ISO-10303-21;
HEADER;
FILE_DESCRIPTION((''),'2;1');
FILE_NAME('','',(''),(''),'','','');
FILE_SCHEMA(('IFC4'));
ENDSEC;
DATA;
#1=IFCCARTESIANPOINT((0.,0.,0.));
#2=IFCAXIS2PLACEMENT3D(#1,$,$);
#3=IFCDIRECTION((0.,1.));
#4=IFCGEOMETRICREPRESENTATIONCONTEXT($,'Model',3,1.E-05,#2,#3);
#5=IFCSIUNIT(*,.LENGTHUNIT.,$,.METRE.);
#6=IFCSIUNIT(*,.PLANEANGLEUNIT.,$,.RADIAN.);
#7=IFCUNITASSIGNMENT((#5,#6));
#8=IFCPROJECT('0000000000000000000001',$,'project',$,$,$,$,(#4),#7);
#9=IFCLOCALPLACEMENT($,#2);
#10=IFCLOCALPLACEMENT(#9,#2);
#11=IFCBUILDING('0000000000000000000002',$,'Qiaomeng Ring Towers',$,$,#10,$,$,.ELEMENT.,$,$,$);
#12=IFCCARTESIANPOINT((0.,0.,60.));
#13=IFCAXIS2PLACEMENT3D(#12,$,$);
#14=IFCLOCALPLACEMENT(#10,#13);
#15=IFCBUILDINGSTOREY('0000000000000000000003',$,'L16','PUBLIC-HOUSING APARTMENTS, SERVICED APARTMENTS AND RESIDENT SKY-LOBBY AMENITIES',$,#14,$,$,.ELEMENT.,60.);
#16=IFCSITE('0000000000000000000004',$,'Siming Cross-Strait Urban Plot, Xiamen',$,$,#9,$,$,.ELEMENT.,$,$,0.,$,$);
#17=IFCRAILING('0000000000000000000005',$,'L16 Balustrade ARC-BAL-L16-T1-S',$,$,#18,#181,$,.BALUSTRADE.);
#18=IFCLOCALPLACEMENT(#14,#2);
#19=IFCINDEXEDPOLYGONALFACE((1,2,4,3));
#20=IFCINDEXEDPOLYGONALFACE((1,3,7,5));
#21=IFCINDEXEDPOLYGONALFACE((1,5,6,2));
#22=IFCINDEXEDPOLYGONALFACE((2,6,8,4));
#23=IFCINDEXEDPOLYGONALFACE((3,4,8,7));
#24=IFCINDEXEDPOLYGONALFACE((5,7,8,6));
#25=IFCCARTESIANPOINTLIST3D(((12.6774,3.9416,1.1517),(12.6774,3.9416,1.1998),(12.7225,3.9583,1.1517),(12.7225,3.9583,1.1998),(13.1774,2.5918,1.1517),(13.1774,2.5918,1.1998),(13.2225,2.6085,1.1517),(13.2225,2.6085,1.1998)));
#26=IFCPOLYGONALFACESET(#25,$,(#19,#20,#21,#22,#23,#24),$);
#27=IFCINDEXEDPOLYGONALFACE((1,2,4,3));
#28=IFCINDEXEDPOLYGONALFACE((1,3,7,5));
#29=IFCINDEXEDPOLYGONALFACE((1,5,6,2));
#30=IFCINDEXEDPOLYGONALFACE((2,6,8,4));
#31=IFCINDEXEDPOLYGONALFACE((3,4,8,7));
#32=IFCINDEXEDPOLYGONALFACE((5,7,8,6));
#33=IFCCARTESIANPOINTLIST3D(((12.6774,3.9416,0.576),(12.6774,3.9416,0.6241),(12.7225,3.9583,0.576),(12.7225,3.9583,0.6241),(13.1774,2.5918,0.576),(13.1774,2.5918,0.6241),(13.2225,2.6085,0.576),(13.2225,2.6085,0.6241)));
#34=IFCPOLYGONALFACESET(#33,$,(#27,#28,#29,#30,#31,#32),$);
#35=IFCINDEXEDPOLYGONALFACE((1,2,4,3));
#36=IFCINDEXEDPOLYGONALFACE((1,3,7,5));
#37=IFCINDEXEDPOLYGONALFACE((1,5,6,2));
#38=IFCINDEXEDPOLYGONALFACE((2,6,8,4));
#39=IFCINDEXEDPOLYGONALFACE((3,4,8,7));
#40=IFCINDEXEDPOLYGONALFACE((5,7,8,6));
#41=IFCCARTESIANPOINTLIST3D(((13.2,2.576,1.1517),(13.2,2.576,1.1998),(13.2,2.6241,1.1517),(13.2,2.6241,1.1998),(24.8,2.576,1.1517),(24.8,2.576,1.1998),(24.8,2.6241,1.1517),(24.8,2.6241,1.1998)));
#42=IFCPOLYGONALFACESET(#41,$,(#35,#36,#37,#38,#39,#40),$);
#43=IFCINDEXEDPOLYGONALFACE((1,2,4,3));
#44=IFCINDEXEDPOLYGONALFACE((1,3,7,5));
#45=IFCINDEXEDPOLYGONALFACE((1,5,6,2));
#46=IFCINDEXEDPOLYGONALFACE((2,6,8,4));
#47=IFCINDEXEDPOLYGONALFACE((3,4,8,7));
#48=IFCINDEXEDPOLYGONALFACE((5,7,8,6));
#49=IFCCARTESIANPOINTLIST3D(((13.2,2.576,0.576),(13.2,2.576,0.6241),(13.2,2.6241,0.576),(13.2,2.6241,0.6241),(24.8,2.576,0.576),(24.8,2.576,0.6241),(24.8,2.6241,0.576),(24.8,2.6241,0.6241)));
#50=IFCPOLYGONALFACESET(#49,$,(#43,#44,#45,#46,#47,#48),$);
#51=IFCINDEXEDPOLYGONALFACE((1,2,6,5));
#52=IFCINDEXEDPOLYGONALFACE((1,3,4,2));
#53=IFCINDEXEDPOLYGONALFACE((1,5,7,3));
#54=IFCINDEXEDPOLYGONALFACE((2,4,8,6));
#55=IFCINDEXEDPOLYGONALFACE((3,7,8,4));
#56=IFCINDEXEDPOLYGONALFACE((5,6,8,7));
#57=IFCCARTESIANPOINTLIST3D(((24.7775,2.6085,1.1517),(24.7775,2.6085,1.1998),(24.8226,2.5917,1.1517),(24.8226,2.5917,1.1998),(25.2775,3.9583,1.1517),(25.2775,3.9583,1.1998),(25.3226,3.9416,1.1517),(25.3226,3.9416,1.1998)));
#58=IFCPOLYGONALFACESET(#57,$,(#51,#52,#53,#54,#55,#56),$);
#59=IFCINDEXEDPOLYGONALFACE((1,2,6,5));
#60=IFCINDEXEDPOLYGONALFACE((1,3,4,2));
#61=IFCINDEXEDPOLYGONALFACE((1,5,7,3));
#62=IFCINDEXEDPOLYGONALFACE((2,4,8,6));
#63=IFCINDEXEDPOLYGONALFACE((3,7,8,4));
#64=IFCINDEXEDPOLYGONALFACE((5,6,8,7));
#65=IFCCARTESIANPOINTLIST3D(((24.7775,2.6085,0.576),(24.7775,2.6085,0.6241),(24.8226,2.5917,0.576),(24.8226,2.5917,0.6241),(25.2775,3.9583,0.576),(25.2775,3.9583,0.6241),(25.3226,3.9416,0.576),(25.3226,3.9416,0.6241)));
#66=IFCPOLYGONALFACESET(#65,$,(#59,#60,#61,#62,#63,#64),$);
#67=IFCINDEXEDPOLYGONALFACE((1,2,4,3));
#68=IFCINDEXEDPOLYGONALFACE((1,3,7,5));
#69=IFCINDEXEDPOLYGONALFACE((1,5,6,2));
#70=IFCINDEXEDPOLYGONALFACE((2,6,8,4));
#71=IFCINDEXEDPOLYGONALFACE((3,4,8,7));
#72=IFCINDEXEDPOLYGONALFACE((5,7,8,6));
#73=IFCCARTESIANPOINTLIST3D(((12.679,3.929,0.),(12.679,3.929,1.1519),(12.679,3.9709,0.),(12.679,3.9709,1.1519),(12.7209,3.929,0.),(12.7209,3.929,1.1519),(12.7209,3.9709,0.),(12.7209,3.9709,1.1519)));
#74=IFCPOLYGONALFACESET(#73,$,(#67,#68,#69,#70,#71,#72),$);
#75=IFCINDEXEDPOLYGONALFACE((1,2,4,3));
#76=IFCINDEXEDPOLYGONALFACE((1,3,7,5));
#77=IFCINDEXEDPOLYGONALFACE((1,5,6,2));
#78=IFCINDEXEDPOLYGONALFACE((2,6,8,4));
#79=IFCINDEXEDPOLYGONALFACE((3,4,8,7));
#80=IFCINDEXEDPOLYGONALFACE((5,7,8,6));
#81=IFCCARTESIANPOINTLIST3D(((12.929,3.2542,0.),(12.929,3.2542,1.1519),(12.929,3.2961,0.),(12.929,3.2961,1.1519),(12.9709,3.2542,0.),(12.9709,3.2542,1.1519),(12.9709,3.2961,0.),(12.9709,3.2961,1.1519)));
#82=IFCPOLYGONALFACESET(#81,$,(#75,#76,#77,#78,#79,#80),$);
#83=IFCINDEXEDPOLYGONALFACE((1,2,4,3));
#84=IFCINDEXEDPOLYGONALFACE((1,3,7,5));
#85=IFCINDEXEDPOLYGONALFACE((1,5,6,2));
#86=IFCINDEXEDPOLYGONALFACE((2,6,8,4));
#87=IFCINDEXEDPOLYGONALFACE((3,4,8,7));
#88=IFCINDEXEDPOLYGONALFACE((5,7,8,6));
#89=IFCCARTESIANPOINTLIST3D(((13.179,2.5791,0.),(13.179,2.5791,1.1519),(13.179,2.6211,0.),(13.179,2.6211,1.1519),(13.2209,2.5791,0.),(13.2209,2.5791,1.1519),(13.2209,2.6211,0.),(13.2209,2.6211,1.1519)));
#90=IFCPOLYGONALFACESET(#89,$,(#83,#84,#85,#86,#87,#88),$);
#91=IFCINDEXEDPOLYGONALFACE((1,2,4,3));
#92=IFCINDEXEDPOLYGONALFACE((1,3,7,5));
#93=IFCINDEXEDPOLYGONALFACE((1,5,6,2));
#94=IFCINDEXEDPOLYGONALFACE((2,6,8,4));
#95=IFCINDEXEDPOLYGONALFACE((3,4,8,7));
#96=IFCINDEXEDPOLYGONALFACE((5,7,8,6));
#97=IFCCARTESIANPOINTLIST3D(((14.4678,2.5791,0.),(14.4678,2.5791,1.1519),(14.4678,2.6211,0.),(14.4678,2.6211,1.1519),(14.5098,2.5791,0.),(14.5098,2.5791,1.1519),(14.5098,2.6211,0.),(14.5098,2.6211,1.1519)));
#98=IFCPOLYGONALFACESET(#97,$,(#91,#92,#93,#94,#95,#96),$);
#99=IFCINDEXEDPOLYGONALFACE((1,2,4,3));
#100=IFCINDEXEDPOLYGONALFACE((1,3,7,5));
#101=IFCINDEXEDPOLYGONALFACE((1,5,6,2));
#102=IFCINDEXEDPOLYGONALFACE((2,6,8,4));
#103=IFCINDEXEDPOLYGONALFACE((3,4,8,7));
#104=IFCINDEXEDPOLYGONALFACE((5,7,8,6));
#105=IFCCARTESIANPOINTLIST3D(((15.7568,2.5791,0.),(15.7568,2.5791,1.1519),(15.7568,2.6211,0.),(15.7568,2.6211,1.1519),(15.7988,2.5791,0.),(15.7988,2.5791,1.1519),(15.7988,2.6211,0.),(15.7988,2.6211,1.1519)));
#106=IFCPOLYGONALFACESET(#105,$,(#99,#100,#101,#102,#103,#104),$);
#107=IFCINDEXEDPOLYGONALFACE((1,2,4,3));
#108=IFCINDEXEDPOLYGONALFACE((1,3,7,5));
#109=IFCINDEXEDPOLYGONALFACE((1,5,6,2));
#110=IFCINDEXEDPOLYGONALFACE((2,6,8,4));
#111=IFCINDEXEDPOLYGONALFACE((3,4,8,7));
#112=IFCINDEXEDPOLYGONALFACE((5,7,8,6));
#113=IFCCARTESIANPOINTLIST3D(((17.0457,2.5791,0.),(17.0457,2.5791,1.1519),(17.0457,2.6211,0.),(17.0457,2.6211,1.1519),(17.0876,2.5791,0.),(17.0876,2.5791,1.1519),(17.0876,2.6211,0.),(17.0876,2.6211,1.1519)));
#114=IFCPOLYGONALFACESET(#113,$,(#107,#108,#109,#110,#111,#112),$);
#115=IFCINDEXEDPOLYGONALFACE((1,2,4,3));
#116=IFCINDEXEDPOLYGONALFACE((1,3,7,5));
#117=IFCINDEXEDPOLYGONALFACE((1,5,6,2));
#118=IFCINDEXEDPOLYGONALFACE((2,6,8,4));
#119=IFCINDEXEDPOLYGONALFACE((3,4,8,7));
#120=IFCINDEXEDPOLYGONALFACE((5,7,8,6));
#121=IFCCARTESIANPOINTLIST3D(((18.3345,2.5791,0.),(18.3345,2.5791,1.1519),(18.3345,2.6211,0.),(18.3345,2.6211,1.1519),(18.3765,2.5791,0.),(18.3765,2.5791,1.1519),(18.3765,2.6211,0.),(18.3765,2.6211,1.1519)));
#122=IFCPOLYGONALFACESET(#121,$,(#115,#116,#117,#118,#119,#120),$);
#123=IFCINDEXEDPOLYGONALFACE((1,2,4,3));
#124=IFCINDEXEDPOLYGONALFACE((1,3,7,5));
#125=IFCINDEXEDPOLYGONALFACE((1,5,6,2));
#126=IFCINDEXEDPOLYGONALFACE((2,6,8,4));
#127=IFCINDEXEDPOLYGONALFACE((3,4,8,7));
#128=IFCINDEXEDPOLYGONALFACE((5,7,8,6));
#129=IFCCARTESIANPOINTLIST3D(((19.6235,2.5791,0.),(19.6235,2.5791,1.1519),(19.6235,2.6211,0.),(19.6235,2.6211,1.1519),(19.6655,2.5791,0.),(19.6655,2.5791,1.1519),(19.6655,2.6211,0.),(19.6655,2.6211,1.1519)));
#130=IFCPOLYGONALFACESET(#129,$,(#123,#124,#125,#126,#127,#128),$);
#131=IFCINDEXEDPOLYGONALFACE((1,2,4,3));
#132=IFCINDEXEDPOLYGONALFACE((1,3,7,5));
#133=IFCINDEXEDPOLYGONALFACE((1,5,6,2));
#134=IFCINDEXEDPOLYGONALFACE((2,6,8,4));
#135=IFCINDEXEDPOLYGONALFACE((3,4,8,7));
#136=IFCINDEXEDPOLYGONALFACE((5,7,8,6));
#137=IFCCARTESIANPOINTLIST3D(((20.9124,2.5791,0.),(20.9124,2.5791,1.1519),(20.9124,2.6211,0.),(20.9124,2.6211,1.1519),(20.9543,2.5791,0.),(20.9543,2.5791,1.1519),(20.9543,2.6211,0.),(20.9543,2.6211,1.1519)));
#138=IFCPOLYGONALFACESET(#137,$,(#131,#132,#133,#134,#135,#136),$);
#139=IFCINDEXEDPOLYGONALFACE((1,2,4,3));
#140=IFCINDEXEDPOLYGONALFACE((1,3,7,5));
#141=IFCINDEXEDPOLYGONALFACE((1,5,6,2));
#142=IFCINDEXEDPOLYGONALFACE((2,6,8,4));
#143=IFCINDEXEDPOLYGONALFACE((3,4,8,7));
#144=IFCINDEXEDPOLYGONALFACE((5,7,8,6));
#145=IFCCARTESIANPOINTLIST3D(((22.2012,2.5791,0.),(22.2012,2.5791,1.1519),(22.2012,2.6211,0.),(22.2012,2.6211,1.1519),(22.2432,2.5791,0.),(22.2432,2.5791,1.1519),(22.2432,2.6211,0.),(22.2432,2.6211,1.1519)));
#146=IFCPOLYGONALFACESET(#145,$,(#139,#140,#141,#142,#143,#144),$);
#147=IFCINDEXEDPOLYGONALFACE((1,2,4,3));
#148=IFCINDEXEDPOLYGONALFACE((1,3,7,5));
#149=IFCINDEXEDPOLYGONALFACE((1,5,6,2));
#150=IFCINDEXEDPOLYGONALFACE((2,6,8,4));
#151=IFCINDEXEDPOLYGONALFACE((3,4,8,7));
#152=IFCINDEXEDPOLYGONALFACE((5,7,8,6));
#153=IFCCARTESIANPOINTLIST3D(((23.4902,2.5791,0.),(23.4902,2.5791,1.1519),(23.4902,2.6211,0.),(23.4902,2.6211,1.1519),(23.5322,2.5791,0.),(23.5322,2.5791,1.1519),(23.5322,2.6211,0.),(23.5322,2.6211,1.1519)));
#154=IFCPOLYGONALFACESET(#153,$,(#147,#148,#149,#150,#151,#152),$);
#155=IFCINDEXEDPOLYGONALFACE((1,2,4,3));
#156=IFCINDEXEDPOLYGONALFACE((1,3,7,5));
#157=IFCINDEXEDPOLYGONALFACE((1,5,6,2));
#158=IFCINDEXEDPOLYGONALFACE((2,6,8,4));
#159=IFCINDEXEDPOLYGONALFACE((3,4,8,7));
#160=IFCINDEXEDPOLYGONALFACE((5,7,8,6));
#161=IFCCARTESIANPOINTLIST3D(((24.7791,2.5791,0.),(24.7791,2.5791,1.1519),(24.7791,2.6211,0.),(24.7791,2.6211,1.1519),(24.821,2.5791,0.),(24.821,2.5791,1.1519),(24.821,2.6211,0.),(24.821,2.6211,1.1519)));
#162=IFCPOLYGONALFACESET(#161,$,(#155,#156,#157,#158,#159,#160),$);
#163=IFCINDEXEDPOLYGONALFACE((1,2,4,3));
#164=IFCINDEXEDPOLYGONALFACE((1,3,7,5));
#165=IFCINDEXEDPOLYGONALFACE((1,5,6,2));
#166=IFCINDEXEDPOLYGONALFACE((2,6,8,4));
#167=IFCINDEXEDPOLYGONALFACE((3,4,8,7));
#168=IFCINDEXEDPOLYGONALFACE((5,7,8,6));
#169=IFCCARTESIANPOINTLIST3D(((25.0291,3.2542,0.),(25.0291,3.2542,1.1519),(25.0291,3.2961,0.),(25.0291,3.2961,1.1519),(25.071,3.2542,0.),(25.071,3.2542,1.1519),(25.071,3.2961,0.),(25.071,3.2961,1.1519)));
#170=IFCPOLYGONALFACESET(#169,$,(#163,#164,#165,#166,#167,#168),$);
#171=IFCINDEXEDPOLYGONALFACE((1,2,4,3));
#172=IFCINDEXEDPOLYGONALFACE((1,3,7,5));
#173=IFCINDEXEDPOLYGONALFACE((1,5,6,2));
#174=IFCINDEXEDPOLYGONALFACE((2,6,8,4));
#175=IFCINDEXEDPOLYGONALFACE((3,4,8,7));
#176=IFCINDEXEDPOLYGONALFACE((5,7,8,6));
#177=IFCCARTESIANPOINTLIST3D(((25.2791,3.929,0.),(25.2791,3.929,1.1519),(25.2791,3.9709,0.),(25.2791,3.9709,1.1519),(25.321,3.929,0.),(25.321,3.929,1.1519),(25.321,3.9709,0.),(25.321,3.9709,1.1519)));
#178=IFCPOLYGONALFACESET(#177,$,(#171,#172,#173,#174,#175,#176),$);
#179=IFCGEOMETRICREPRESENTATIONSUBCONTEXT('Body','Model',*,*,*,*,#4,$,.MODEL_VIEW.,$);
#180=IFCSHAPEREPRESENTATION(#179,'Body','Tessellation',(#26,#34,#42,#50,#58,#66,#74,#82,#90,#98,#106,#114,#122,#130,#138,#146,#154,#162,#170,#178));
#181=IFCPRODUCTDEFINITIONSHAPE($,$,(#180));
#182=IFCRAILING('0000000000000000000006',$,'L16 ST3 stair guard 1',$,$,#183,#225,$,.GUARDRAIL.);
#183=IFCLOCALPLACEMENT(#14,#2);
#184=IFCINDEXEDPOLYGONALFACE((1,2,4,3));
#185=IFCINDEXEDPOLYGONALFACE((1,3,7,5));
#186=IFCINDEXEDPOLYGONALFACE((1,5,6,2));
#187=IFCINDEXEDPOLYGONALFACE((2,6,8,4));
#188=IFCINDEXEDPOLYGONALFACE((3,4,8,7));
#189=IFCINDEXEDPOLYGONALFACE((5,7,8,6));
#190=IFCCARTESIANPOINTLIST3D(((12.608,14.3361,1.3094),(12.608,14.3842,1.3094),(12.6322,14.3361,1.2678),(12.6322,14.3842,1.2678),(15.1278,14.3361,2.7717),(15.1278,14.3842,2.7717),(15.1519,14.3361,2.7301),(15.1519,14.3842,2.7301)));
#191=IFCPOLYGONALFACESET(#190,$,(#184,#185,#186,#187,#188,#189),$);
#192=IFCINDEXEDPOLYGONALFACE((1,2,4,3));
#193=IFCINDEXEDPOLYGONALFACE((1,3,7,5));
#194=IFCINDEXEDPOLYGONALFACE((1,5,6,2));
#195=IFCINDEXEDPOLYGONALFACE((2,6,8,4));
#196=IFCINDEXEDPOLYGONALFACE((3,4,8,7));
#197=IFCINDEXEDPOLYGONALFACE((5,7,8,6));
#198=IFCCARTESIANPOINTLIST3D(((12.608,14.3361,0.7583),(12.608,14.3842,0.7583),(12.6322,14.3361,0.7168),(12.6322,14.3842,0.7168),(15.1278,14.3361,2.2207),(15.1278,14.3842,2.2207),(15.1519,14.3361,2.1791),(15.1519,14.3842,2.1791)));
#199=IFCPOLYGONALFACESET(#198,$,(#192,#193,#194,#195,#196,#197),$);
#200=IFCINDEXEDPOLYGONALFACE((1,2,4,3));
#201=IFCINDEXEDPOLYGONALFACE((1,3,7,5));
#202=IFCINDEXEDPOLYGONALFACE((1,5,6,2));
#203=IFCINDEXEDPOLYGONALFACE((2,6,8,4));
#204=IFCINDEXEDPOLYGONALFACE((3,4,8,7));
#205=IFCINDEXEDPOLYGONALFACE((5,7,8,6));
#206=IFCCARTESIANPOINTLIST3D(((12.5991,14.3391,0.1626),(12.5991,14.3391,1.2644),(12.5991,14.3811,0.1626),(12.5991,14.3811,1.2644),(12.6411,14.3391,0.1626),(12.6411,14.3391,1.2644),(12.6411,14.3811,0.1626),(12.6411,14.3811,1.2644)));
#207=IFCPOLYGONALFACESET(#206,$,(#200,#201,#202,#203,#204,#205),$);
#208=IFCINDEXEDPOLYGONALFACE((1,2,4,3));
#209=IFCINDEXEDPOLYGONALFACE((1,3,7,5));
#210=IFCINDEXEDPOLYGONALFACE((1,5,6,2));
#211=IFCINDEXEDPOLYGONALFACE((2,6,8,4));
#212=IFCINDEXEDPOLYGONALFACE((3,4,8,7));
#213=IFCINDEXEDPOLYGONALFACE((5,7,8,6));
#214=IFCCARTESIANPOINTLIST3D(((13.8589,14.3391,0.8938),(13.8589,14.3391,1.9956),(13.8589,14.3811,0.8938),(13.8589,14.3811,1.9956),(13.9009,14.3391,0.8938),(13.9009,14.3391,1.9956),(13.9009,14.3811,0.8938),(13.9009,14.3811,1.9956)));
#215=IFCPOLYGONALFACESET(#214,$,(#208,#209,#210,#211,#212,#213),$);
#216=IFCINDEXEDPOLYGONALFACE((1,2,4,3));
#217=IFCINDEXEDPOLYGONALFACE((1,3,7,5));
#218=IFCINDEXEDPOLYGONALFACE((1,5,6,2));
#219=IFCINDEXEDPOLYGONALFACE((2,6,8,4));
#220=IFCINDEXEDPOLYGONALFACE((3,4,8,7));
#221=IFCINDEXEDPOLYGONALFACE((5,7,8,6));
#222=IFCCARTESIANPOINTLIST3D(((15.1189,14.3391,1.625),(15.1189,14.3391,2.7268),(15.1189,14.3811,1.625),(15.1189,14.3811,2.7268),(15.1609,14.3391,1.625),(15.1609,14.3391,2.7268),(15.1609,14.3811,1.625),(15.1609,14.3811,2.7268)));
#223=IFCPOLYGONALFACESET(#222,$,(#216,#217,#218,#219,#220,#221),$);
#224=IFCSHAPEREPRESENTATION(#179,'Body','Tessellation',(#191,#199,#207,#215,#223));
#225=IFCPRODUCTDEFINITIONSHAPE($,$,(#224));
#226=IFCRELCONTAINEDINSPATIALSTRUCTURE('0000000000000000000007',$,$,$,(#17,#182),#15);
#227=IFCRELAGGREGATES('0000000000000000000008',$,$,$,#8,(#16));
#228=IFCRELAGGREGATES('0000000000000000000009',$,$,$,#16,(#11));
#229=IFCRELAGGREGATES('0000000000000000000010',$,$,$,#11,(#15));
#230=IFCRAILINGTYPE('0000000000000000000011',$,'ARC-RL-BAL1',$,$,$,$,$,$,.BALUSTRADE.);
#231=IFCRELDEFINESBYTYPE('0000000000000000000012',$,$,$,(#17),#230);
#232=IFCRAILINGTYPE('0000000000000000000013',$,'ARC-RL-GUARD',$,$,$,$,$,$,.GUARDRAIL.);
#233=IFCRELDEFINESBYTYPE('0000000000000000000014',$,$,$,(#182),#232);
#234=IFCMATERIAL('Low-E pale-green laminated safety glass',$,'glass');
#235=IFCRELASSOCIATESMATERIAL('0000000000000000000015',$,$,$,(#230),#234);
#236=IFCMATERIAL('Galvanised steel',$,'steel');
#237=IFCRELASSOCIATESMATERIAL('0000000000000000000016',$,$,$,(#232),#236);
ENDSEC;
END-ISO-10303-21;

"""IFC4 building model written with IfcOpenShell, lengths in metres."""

from ifc_helpers import new_model, si_unit, direction, frame, origin, origin_2d, place, context, subcontext, project, spatial, rectangle, extrude, material, type_object, element, save


model = new_model("IFC4")

# Units and contexts
model_context = context("Model", 3, precision=1e-05, world=origin(), true_north=direction((0.0, 1.0)))
body_context = subcontext(model_context, "Body", "Model", "MODEL_VIEW")
ifc_project = project(units=[si_unit("LENGTHUNIT", "METRE"), si_unit("PLANEANGLEUNIT", "RADIAN")], contexts=[model_context])

# Site, building, storey
site_placement = place(None, origin())
site = spatial("IfcSite", under=ifc_project, at=site_placement, Name="Siming Cross-Strait Urban Plot, Xiamen", CompositionType="ELEMENT", RefElevation=0.0)
building_placement = place(site_placement, origin())
building = spatial("IfcBuilding", under=site, at=building_placement, Name="Qiaomeng Ring Towers", CompositionType="ELEMENT")
storey_placement = place(building_placement, frame((0.0, 0.0, 60.0)))
storey = spatial("IfcBuildingStorey", under=building, at=storey_placement, Name="L16", Description="PUBLIC-HOUSING APARTMENTS, SERVICED APARTMENTS AND RESIDENT SKY-LOBBY AMENITIES", CompositionType="ELEMENT", Elevation=60.0)

# Shared definitions
ifc_material_1 = material(Name="Galvanised steel", Category="steel")

# Railings
ifc_material_2 = material(Name="Low-E pale-green laminated safety glass", Category="glass")
railing_type_1 = type_object("IfcRailingType", Name="ARC-RL-BAL1", PredefinedType="BALUSTRADE", material=ifc_material_2)
railing_1_placement = place(storey_placement, frame((12.7, 3.95, 0.0)))
element("IfcRailing", 1, at=railing_1_placement, inside=storey, type_object=railing_type_1, Name="L16 Balustrade ARC-BAL-L16-T1-S", PredefinedType="BALUSTRADE", context=body_context, shape_type="SweptSolid", body=[
    extrude(rectangle(XDim=0.0481, YDim=0.0481, at=origin_2d()), frame((0.0, 0.0, 1.1758), z_axis=(0.347347, -0.937736, 0.0), x_axis=(0.937736, 0.347347, 0.0)), (0.0, 0.0, 1.0), 1.4395),
    extrude(rectangle(XDim=0.0481, YDim=0.0481, at=origin_2d()), frame((0.0, 0.0, 0.6001), z_axis=(0.347347, -0.937736, 0.0), x_axis=(0.937736, 0.347347, 0.0)), (0.0, 0.0, 1.0), 1.4395),
    extrude(rectangle(XDim=0.0481, YDim=0.0481, at=origin_2d()), frame((0.5, -1.3499, 1.1758), z_axis=(1.0, 0.0, 0.0), x_axis=(0.0, 1.0, 0.0)), (0.0, 0.0, 1.0), 11.6001),
    extrude(rectangle(XDim=0.0481, YDim=0.0481, at=origin_2d()), frame((0.5, -1.3499, 0.6001), z_axis=(1.0, 0.0, 0.0), x_axis=(0.0, 1.0, 0.0)), (0.0, 0.0, 1.0), 11.6001),
    extrude(rectangle(XDim=0.0481, YDim=0.0481, at=origin_2d()), frame((12.1001, -1.3499, 1.1758), z_axis=(0.347347, 0.937736, 0.0), x_axis=(-0.937736, 0.347347, 0.0)), (0.0, 0.0, 1.0), 1.4395),
    extrude(rectangle(XDim=0.0481, YDim=0.0481, at=origin_2d()), frame((12.1001, -1.3499, 0.6001), z_axis=(0.347347, 0.937736, 0.0), x_axis=(-0.937736, 0.347347, 0.0)), (0.0, 0.0, 1.0), 1.4395),
    extrude(rectangle(XDim=0.042, YDim=0.042, at=origin_2d()), origin(), (0.0, 0.0, 1.0), 1.1519),
    extrude(rectangle(XDim=0.042, YDim=0.042, at=origin_2d()), frame((0.25, -0.6748, 0.0)), (0.0, 0.0, 1.0), 1.1519),
    extrude(rectangle(XDim=0.042, YDim=0.042, at=origin_2d()), frame((0.5, -1.3499, 0.0)), (0.0, 0.0, 1.0), 1.1519),
    extrude(rectangle(XDim=0.042, YDim=0.042, at=origin_2d()), frame((1.7888, -1.3499, 0.0)), (0.0, 0.0, 1.0), 1.1519),
    extrude(rectangle(XDim=0.042, YDim=0.042, at=origin_2d()), frame((3.0779, -1.3499, 0.0)), (0.0, 0.0, 1.0), 1.1519),
    extrude(rectangle(XDim=0.042, YDim=0.042, at=origin_2d()), frame((4.3667, -1.3499, 0.0)), (0.0, 0.0, 1.0), 1.1519),
    extrude(rectangle(XDim=0.042, YDim=0.042, at=origin_2d()), frame((5.6555, -1.3499, 0.0)), (0.0, 0.0, 1.0), 1.1519),
    extrude(rectangle(XDim=0.042, YDim=0.042, at=origin_2d()), frame((6.9446, -1.3499, 0.0)), (0.0, 0.0, 1.0), 1.1519),
    extrude(rectangle(XDim=0.042, YDim=0.042, at=origin_2d()), frame((8.2334, -1.3499, 0.0)), (0.0, 0.0, 1.0), 1.1519),
    extrude(rectangle(XDim=0.042, YDim=0.042, at=origin_2d()), frame((9.5222, -1.3499, 0.0)), (0.0, 0.0, 1.0), 1.1519),
    extrude(rectangle(XDim=0.042, YDim=0.042, at=origin_2d()), frame((10.8113, -1.3499, 0.0)), (0.0, 0.0, 1.0), 1.1519),
    extrude(rectangle(XDim=0.042, YDim=0.042, at=origin_2d()), frame((12.1001, -1.3499, 0.0)), (0.0, 0.0, 1.0), 1.1519),
    extrude(rectangle(XDim=0.042, YDim=0.042, at=origin_2d()), frame((12.3501, -0.6748, 0.0)), (0.0, 0.0, 1.0), 1.1519),
    extrude(rectangle(XDim=0.042, YDim=0.042, at=origin_2d()), frame((12.6001, 0.0, 0.0)), (0.0, 0.0, 1.0), 1.1519),
])
railing_type_2 = type_object("IfcRailingType", Name="ARC-RL-GUARD", PredefinedType="GUARDRAIL", material=ifc_material_1)
railing_2_placement = place(storey_placement, frame((12.6201, 14.3601, 0.1626)))
element("IfcRailing", 2, at=railing_2_placement, inside=storey, type_object=railing_type_2, Name="L16 ST3 stair guard 1", PredefinedType="GUARDRAIL", context=body_context, shape_type="SweptSolid", body=[
    extrude(rectangle(XDim=0.0481, YDim=0.0481, at=origin_2d()), frame((0.0, 0.0, 1.126), z_axis=(0.864892, 0.0, 0.501958), x_axis=(0.0, 1.0, 0.0)), (0.0, 0.0, 1.0), 2.9133),
    extrude(rectangle(XDim=0.0481, YDim=0.0481, at=origin_2d()), frame((0.0, 0.0, 0.575), z_axis=(0.864892, 0.0, 0.501958), x_axis=(0.0, 1.0, 0.0)), (0.0, 0.0, 1.0), 2.9133),
    extrude(rectangle(XDim=0.042, YDim=0.042, at=origin_2d()), origin(), (0.0, 0.0, 1.0), 1.1018),
    extrude(rectangle(XDim=0.042, YDim=0.042, at=origin_2d()), frame((1.2598, 0.0, 0.7312)), (0.0, 0.0, 1.0), 1.1018),
    extrude(rectangle(XDim=0.042, YDim=0.042, at=origin_2d()), frame((2.5198, 0.0, 1.4624)), (0.0, 0.0, 1.0), 1.1018),
])

save(model, "model.ifc")
